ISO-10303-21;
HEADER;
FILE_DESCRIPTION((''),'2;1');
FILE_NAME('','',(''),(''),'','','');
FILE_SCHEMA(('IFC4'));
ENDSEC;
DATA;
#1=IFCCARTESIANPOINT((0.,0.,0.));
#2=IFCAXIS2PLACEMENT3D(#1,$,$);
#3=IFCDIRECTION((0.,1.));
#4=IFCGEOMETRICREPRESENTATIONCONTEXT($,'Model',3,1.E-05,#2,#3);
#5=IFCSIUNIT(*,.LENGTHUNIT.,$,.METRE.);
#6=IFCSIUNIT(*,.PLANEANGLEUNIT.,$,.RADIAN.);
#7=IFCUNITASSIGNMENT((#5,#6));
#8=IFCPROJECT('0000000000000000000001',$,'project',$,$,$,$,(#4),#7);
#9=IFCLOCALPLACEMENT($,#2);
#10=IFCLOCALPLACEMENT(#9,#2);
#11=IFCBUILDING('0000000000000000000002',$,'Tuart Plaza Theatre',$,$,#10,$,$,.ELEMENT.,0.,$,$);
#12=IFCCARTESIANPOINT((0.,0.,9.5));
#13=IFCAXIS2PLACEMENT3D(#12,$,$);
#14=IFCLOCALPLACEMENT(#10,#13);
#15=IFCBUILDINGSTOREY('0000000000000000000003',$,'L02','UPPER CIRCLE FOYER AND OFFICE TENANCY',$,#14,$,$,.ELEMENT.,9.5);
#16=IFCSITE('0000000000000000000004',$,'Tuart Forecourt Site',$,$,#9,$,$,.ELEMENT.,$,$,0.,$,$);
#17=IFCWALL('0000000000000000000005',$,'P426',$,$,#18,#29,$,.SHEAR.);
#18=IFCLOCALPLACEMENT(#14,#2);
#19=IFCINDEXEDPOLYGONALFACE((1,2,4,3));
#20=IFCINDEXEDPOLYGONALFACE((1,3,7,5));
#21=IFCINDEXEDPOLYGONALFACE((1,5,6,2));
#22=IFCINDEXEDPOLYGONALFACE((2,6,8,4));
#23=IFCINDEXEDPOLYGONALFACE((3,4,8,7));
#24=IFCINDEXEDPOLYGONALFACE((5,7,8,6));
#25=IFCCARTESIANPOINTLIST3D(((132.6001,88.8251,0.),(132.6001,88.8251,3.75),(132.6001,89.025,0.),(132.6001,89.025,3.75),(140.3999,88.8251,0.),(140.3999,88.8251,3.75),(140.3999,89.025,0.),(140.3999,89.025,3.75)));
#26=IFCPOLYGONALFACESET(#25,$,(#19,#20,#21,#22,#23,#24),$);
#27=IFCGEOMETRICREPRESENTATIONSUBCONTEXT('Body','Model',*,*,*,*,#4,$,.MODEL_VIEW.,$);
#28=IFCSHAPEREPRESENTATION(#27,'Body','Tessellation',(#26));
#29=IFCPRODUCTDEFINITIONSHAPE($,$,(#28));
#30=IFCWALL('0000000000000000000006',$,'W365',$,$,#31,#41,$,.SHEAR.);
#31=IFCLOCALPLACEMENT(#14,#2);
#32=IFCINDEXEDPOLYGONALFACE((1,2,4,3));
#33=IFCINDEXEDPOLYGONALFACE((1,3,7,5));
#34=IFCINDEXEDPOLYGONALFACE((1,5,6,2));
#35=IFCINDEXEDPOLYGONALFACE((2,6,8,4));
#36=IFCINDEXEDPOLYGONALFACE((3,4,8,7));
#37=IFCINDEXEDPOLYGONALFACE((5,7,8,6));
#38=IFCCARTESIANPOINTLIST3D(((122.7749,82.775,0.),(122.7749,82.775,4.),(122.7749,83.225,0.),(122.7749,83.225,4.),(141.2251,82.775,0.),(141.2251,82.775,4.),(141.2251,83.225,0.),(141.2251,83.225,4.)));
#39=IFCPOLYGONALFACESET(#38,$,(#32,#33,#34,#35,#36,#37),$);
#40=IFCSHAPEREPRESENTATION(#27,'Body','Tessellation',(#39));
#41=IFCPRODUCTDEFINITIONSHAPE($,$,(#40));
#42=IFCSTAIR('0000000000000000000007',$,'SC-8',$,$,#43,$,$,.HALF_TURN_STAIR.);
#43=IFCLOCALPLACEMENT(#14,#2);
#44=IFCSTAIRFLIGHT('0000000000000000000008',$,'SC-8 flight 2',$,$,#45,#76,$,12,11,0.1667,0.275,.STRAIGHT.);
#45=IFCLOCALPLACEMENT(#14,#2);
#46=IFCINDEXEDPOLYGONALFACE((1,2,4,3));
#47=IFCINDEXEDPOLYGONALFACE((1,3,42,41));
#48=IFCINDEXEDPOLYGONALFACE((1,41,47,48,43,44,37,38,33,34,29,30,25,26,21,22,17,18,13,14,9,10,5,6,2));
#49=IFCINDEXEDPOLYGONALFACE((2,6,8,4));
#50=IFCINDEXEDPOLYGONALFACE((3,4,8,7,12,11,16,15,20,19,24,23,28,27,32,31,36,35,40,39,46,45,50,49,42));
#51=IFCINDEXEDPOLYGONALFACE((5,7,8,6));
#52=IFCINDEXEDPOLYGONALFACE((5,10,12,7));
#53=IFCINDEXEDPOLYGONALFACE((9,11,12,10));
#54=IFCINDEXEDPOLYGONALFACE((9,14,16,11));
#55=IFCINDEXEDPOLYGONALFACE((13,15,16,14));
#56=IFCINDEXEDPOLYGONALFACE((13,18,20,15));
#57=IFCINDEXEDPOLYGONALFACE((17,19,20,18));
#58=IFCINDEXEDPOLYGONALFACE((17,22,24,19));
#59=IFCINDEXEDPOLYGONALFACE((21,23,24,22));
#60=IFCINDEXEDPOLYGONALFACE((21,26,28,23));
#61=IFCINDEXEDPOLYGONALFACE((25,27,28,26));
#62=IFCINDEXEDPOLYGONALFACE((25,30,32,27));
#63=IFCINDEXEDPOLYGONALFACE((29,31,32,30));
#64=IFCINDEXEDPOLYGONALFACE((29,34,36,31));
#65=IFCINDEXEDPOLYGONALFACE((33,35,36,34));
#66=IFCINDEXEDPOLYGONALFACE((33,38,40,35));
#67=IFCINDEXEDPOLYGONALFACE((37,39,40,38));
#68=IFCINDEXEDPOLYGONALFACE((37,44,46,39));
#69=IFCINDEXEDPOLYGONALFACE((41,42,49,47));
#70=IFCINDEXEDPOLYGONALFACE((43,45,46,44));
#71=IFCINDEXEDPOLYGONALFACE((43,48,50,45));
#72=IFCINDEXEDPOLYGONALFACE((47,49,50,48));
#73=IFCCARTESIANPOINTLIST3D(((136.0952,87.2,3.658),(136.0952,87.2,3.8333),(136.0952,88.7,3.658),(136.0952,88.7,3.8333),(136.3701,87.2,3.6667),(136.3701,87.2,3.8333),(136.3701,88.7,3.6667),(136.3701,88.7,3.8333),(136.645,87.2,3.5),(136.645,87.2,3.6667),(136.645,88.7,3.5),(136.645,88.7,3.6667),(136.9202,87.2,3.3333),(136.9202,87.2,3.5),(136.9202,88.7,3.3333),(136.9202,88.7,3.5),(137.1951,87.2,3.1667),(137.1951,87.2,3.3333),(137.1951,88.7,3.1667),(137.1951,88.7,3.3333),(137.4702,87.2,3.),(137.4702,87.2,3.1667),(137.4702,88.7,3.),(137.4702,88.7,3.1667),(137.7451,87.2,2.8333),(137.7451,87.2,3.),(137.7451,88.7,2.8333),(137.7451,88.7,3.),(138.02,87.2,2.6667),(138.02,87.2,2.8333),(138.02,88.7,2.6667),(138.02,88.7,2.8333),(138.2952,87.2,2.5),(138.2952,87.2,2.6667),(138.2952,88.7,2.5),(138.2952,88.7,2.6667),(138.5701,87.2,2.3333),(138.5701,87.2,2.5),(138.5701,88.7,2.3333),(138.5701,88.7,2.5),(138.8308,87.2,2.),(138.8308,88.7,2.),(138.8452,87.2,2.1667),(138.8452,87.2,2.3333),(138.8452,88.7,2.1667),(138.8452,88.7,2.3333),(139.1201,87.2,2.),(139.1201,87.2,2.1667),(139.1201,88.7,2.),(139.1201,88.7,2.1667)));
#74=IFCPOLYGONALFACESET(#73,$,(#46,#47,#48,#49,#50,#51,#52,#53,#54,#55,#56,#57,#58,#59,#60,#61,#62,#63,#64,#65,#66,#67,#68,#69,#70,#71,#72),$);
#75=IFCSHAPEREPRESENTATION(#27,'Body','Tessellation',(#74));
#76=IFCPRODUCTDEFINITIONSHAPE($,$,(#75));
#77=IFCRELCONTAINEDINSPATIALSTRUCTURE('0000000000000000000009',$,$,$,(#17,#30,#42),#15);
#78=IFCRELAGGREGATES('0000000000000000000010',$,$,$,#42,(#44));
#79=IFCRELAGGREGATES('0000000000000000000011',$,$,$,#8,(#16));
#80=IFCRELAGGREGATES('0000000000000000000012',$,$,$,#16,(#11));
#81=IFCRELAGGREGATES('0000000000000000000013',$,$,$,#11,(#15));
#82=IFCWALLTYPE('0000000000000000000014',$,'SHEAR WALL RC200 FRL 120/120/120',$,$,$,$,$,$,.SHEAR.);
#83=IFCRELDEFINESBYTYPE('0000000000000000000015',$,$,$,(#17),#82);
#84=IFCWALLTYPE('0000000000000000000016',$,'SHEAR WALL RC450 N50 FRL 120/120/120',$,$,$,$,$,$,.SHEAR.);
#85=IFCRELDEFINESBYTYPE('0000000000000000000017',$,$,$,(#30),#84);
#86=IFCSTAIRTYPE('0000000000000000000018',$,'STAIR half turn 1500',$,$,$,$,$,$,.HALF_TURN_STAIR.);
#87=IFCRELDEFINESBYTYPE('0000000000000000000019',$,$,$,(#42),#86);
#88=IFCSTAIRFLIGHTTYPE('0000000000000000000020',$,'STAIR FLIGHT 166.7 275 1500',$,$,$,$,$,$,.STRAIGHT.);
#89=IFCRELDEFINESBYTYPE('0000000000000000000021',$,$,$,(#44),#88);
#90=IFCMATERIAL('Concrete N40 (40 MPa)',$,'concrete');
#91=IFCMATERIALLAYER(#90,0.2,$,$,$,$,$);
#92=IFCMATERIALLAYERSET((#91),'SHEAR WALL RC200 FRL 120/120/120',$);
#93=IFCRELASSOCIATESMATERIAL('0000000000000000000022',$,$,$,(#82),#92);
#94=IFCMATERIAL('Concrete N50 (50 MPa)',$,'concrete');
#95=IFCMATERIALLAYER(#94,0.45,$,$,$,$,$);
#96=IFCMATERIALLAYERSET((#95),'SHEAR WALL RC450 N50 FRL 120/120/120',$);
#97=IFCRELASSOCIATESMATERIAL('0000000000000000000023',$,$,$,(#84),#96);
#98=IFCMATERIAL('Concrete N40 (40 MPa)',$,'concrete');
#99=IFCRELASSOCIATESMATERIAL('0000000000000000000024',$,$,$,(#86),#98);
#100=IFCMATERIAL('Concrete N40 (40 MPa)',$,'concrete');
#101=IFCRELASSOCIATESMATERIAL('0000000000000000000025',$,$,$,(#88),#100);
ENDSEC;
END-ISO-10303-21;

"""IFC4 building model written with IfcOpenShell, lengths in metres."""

from ifc_helpers import new_model, si_unit, direction, frame, frame_2d, origin, place, context, subcontext, project, spatial, polyline, rectangle, outline, extrude, material, layer, layer_set, type_object, element, aggregate, save


model = new_model("IFC4")

# Units and contexts
model_context = context("Model", 3, precision=1e-05, world=origin(), true_north=direction((0.0, 1.0)))
body_context = subcontext(model_context, "Body", "Model", "MODEL_VIEW")
ifc_project = project(units=[si_unit("LENGTHUNIT", "METRE"), si_unit("PLANEANGLEUNIT", "RADIAN")], contexts=[model_context])

# Site, building, storey
site_placement = place(None, origin())
site = spatial("IfcSite", under=ifc_project, at=site_placement, Name="Tuart Forecourt Site", CompositionType="ELEMENT", RefElevation=0.0)
building_placement = place(site_placement, origin())
building = spatial("IfcBuilding", under=site, at=building_placement, Name="Tuart Plaza Theatre", CompositionType="ELEMENT", ElevationOfRefHeight=0.0)
storey_placement = place(building_placement, frame((0.0, 0.0, 9.5)))
storey = spatial("IfcBuildingStorey", under=building, at=storey_placement, Name="L02", Description="UPPER CIRCLE FOYER AND OFFICE TENANCY", CompositionType="ELEMENT", Elevation=9.5)

# Walls
ifc_material_1 = material(Name="Concrete N40 (40 MPa)", Category="concrete")
ifc_layer_1 = layer(ifc_material_1, 0.2)
ifc_layer_set_1 = layer_set([ifc_layer_1], Name="SHEAR WALL RC200 FRL 120/120/120")
wall_type_1 = type_object("IfcWallType", Name="SHEAR WALL RC200 FRL 120/120/120", PredefinedType="SHEAR", material=ifc_layer_set_1)
wall_1_placement = place(storey_placement, frame((140.3999, 88.925, 0.0), z_axis=(0.0, 0.0, 1.0), x_axis=(-1.0, 0.0, 0.0)))
element("IfcWall", 1, at=wall_1_placement, inside=storey, type_object=wall_type_1, Name="P426", PredefinedType="SHEAR", context=body_context, shape_type="SweptSolid", body=[
    extrude(rectangle(XDim=7.7998, YDim=0.2, at=frame_2d((3.8999, 0.0))), origin(), (0.0, 0.0, 1.0), 3.75),
])
ifc_material_2 = material(Name="Concrete N50 (50 MPa)", Category="concrete")
ifc_layer_2 = layer(ifc_material_2, 0.45)
ifc_layer_set_2 = layer_set([ifc_layer_2], Name="SHEAR WALL RC450 N50 FRL 120/120/120")
wall_type_2 = type_object("IfcWallType", Name="SHEAR WALL RC450 N50 FRL 120/120/120", PredefinedType="SHEAR", material=ifc_layer_set_2)
wall_2_placement = place(storey_placement, frame((141.2251, 83.0, 0.0), z_axis=(0.0, 0.0, 1.0), x_axis=(-1.0, 0.0, 0.0)))
element("IfcWall", 2, at=wall_2_placement, inside=storey, type_object=wall_type_2, Name="W365", PredefinedType="SHEAR", context=body_context, shape_type="SweptSolid", body=[
    extrude(rectangle(XDim=18.4502, YDim=0.45, at=frame_2d((9.2251, 0.0))), origin(), (0.0, 0.0, 1.0), 4.0),
])

# Stair, stair flight
ifc_material_3 = material(Name="Concrete N40 (40 MPa)", Category="concrete")
stair_type = type_object("IfcStairType", Name="STAIR half turn 1500", PredefinedType="HALF_TURN_STAIR", material=ifc_material_3)
stair_placement = place(storey_placement, origin())
stair = element("IfcStair", 3, at=stair_placement, inside=storey, type_object=stair_type, Name="SC-8", PredefinedType="HALF_TURN_STAIR")
ifc_material_4 = material(Name="Concrete N40 (40 MPa)", Category="concrete")
stair_flight_type = type_object("IfcStairFlightType", Name="STAIR FLIGHT 166.7 275 1500", PredefinedType="STRAIGHT", material=ifc_material_4)
stair_flight_placement = place(storey_placement, frame((139.1201, 87.95, 2.0), z_axis=(0.0, 0.0, 1.0), x_axis=(-1.0, 0.0, 0.0)))
stair_flight = element("IfcStairFlight", 4, at=stair_flight_placement, type_object=stair_flight_type, Name="SC-8 flight 2", NumberOfRisers=12, NumberOfTreads=11, PredefinedType="STRAIGHT", RiserHeight=0.1667, TreadLength=0.275, context=body_context, shape_type="SweptSolid", body=[
    extrude(outline(polyline([(0.0, 0.0), (0.0, 0.1667), (0.2749, 0.1667), (0.2749, 0.3333), (0.55, 0.3333), (0.55, 0.5), (0.825, 0.5), (0.825, 0.6667), (1.1001, 0.6667), (1.1001, 0.8333), (1.375, 0.8333), (1.375, 1.0), (1.6499, 1.0), (1.6499, 1.1667), (1.925, 1.1667), (1.925, 1.3333), (2.2, 1.3333), (2.2, 1.5), (2.4751, 1.5), (2.4751, 1.6667), (2.75, 1.6667), (2.75, 1.8333), (3.0249, 1.8333), (3.0249, 2.0), (3.0249, 1.658), (0.2893, 0.0), (0.0, 0.0)])), frame((0.0, 0.75, 0.0), z_axis=(0.0, -1.0, 0.0), x_axis=(1.0, 0.0, 0.0)), (0.0, 0.0, 1.0), 1.5),
])
aggregate(stair, [stair_flight])

save(model, "model.ifc")
